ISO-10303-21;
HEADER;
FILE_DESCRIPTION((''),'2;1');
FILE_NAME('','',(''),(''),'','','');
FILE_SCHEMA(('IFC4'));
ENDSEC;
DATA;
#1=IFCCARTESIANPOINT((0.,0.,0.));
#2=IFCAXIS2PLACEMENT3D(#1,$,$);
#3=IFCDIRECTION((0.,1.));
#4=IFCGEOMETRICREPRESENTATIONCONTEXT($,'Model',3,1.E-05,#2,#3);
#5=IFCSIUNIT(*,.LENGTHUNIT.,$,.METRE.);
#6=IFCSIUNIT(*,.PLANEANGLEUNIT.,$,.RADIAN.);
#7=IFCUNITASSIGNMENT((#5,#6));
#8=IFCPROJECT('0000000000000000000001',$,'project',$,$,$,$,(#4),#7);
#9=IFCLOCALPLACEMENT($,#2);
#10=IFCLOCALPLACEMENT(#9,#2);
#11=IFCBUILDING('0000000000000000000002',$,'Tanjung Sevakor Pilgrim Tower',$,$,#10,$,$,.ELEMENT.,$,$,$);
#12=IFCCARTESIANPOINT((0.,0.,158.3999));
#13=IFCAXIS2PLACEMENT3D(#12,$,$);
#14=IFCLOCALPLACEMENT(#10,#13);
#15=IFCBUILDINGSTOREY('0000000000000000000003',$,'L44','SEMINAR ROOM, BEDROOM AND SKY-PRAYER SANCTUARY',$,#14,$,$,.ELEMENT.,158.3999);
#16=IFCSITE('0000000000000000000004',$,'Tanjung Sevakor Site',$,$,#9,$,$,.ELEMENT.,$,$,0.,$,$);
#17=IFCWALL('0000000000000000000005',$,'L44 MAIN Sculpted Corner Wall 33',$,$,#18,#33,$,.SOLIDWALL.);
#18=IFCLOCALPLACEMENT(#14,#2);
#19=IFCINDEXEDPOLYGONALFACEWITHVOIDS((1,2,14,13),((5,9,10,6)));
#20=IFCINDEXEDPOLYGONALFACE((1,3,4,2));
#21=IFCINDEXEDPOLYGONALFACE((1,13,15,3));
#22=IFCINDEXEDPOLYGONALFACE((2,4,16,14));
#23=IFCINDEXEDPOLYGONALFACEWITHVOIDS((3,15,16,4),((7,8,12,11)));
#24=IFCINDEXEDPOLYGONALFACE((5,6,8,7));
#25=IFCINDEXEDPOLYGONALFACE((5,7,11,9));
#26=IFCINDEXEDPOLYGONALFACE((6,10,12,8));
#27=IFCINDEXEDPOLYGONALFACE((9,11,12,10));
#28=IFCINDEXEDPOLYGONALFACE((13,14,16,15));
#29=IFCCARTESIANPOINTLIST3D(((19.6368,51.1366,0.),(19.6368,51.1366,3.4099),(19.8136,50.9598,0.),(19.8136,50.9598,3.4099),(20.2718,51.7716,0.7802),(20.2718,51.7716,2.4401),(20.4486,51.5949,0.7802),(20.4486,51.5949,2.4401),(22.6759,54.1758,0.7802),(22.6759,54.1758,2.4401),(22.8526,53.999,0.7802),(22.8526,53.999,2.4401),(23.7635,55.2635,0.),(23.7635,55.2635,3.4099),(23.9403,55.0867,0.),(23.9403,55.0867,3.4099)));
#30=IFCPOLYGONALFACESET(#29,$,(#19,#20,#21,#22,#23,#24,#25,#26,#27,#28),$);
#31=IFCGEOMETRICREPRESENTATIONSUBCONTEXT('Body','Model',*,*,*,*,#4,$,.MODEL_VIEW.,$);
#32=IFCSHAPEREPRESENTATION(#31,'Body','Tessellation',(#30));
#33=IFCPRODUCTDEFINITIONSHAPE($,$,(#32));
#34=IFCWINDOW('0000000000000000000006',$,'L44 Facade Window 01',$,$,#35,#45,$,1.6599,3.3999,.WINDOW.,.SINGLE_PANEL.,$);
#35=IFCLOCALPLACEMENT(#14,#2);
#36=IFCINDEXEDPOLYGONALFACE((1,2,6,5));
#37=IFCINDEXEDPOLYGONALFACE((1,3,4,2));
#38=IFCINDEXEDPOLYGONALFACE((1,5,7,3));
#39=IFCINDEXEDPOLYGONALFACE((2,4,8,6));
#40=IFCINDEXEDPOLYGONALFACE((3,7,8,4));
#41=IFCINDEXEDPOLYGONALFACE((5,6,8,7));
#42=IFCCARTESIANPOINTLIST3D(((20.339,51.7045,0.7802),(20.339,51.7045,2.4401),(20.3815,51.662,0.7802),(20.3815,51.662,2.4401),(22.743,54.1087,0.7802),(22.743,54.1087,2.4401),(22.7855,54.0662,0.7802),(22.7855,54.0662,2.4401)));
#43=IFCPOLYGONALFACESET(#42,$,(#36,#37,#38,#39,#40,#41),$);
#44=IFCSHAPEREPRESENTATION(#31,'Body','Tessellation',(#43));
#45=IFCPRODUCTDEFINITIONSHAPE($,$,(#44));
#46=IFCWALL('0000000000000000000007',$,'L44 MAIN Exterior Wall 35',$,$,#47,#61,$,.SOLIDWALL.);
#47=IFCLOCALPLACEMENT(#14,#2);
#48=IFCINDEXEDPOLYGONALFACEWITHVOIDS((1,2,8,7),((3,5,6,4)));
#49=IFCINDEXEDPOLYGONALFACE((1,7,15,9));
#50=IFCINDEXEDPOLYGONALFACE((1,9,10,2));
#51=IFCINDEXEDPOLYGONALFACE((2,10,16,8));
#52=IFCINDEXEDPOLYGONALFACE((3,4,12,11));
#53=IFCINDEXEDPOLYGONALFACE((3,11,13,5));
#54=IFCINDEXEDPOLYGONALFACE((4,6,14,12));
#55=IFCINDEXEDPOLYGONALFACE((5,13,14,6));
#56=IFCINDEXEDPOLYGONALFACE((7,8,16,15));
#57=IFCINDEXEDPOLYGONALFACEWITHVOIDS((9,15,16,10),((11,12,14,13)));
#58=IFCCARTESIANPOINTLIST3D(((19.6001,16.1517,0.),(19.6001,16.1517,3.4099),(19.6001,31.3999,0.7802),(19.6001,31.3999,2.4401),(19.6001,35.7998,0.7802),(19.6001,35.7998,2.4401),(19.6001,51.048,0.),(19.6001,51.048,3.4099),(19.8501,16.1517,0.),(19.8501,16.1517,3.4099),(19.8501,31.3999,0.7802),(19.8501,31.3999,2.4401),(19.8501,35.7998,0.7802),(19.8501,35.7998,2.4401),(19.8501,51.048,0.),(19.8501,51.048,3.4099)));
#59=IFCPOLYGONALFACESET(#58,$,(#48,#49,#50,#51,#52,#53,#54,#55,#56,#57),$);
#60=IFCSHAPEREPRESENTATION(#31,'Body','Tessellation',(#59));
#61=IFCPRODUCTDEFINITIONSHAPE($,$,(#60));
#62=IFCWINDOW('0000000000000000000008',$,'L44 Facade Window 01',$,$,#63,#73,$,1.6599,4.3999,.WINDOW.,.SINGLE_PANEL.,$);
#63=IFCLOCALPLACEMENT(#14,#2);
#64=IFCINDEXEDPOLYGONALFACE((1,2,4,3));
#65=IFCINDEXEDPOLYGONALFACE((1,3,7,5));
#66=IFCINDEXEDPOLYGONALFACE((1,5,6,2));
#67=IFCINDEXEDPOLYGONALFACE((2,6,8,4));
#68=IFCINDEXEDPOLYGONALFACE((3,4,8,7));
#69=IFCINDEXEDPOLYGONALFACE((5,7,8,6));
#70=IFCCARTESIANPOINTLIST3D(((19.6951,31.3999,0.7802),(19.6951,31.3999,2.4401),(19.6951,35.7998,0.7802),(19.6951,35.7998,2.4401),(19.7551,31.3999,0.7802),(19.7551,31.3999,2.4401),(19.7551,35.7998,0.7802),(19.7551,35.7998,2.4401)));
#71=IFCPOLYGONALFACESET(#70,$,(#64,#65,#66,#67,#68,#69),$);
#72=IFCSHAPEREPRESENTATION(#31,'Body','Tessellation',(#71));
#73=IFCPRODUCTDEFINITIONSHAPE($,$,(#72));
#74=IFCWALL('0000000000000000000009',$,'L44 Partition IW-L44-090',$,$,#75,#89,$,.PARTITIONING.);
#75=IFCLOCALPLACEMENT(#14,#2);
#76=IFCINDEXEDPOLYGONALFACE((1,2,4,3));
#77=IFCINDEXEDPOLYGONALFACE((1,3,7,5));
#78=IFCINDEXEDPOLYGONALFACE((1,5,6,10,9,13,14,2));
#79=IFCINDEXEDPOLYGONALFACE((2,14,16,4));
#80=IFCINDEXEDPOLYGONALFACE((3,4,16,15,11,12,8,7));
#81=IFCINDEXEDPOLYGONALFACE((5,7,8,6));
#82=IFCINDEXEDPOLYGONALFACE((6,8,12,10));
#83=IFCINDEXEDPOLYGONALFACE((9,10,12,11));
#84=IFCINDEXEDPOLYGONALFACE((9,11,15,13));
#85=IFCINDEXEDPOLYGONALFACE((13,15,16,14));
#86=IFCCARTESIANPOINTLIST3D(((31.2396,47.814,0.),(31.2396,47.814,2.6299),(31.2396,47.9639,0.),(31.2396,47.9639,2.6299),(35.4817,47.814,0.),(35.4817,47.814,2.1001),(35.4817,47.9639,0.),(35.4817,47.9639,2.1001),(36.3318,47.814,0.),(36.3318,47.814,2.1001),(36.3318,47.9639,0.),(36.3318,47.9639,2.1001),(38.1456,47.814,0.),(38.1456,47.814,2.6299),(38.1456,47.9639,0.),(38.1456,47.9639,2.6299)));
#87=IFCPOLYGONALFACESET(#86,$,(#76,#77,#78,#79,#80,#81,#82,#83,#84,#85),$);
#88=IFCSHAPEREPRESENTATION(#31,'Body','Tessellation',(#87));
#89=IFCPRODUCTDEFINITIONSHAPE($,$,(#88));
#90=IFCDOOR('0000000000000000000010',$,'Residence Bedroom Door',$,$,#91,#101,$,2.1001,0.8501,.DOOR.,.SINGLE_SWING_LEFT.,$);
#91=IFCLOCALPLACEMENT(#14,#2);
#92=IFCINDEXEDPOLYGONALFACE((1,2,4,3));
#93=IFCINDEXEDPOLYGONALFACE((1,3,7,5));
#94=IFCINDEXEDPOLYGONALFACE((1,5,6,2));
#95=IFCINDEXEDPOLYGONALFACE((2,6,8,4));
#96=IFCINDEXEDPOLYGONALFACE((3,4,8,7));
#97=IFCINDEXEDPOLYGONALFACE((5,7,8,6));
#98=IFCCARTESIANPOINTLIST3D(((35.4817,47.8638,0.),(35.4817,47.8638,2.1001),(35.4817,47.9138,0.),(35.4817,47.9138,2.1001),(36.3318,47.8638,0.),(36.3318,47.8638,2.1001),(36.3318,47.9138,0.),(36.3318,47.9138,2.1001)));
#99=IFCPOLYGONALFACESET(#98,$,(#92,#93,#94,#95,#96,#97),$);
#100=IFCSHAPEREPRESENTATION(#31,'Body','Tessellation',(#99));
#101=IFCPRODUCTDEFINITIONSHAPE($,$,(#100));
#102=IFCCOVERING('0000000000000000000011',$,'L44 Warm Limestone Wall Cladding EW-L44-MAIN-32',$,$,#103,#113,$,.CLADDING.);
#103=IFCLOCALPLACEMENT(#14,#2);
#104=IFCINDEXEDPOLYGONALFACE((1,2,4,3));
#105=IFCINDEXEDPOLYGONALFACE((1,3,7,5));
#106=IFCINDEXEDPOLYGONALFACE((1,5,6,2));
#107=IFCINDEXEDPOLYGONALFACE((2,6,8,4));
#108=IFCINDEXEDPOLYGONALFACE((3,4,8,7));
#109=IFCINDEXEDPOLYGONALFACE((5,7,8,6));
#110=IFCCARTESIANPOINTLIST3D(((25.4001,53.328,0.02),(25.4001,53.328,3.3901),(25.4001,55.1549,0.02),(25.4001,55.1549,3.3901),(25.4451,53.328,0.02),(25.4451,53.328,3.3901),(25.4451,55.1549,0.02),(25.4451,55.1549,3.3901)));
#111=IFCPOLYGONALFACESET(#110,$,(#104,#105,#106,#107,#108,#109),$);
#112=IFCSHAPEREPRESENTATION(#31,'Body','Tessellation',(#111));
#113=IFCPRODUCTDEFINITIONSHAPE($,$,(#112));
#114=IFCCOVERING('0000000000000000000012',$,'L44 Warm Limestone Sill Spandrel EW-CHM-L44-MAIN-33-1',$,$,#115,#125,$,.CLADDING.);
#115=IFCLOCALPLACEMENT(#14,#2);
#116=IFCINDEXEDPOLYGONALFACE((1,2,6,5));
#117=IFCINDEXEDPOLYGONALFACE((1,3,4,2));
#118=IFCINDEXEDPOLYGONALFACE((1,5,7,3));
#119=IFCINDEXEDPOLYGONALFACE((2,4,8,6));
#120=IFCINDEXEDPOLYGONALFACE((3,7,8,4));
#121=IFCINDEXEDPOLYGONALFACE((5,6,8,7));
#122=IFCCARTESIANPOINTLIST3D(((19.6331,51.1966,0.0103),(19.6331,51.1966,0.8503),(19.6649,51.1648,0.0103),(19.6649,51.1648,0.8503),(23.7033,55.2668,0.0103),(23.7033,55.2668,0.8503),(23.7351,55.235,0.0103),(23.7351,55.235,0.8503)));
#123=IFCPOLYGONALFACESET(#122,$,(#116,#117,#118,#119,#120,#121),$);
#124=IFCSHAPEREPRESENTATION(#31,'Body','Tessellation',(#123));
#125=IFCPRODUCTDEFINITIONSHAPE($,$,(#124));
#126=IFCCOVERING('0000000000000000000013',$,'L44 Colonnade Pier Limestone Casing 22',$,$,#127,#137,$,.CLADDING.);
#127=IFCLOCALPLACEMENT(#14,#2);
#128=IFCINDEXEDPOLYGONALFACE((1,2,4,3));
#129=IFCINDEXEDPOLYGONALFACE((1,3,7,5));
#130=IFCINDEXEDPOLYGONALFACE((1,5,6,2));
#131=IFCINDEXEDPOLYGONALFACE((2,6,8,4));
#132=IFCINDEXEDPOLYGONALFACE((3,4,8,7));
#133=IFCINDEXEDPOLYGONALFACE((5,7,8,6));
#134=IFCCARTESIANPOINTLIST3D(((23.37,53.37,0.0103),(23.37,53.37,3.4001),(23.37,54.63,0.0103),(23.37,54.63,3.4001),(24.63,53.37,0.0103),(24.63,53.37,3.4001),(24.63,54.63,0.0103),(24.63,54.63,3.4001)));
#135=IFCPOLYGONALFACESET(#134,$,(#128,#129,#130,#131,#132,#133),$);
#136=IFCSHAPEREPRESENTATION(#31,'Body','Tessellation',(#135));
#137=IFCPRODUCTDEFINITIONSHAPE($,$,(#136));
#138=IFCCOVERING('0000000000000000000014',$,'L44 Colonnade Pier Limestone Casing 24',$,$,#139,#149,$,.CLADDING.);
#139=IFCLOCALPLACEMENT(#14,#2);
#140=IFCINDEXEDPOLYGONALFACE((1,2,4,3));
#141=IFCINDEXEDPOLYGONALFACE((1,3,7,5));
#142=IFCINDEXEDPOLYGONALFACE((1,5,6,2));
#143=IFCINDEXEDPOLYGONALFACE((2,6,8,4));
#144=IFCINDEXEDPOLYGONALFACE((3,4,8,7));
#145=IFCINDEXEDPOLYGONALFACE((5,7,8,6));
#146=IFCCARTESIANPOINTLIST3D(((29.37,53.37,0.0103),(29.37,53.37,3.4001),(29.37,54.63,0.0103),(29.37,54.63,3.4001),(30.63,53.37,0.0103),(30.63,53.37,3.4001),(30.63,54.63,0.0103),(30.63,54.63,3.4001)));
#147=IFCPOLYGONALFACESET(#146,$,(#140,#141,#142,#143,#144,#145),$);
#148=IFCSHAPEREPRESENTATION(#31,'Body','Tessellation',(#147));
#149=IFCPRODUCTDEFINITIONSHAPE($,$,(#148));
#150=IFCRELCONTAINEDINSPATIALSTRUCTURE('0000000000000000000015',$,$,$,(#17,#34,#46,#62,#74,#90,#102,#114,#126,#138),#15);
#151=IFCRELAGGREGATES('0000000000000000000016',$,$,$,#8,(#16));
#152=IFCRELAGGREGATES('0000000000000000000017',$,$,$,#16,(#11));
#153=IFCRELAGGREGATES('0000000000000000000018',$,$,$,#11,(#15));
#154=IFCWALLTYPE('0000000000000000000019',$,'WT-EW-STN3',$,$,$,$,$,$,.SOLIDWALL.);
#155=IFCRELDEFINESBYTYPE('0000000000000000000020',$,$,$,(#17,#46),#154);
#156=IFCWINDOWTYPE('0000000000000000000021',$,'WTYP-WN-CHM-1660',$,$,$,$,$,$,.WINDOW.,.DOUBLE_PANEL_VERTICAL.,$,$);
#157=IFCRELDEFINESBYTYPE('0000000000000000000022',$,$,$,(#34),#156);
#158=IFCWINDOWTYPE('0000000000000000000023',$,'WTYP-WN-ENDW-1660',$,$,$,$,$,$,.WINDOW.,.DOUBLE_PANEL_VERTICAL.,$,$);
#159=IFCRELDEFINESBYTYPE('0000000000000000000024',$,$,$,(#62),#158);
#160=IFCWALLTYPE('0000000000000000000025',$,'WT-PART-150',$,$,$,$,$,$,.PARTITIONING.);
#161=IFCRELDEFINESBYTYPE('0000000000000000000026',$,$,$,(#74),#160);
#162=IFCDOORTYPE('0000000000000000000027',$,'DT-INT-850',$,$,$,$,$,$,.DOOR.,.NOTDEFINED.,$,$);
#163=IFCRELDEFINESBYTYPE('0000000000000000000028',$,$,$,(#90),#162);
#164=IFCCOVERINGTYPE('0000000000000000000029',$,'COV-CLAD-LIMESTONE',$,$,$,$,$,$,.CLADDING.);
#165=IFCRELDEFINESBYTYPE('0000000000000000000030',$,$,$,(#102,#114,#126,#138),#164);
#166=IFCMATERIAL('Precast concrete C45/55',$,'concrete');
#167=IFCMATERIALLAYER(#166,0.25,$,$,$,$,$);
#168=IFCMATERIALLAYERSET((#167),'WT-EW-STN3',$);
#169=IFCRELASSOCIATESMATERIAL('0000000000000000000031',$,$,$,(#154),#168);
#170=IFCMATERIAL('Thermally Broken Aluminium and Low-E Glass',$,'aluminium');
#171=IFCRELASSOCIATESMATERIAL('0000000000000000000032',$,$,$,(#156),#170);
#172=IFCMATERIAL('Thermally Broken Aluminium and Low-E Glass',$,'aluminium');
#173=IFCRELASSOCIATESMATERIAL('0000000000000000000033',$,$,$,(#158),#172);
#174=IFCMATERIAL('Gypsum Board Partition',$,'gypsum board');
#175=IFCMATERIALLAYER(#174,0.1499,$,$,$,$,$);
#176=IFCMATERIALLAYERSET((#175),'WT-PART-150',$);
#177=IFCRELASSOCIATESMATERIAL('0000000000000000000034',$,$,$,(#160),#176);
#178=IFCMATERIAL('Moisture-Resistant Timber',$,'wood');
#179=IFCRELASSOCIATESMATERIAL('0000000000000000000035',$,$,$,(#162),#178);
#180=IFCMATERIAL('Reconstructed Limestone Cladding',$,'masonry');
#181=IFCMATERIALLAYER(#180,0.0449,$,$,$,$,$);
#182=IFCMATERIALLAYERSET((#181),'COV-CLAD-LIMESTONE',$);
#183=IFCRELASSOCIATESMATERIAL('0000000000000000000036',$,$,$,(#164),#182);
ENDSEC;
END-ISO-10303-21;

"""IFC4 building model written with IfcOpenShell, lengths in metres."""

from ifc_helpers import new_model, si_unit, direction, frame, frame_2d, origin, origin_2d, place, context, subcontext, project, spatial, rectangle, extrude, material, layer, layer_set, type_object, element, fill, save


model = new_model("IFC4")

# Units and contexts
model_context = context("Model", 3, precision=1e-05, world=origin(), true_north=direction((0.0, 1.0)))
body_context = subcontext(model_context, "Body", "Model", "MODEL_VIEW")
ifc_project = project(units=[si_unit("LENGTHUNIT", "METRE"), si_unit("PLANEANGLEUNIT", "RADIAN")], contexts=[model_context])

# Site, building, storey
site_placement = place(None, origin())
site = spatial("IfcSite", under=ifc_project, at=site_placement, Name="Tanjung Sevakor Site", CompositionType="ELEMENT", RefElevation=0.0)
building_placement = place(site_placement, origin())
building = spatial("IfcBuilding", under=site, at=building_placement, Name="Tanjung Sevakor Pilgrim Tower", CompositionType="ELEMENT")
storey_placement = place(building_placement, frame((0.0, 0.0, 158.3999)))
storey = spatial("IfcBuildingStorey", under=building, at=storey_placement, Name="L44", Description="SEMINAR ROOM, BEDROOM AND SKY-PRAYER SANCTUARY", CompositionType="ELEMENT", Elevation=158.3999)

# Shared definitions
ifc_material_1 = material(Name="Precast concrete C45/55", Category="concrete")
ifc_layer_1 = layer(ifc_material_1, 0.25)
ifc_layer_set_1 = layer_set([ifc_layer_1], Name="WT-EW-STN3")
wall_type_1 = type_object("IfcWallType", Name="WT-EW-STN3", PredefinedType="SOLIDWALL", material=ifc_layer_set_1)

# Walls, openings, windows
wall_1_placement = place(storey_placement, frame((23.8518, 55.175, 0.0), z_axis=(0.0, 0.0, 1.0), x_axis=(-0.707086, -0.707128, 0.0)))
wall_1 = element("IfcWall", 1, at=wall_1_placement, inside=storey, type_object=wall_type_1, Name="L44 MAIN Sculpted Corner Wall 33", PredefinedType="SOLIDWALL", context=body_context, shape_type="SweptSolid", body=[
    extrude(rectangle(XDim=5.8362, YDim=0.25, at=frame_2d((2.918, 0.0))), origin(), (0.0, 0.0, 1.0), 3.4099),
])
opening_1_placement = place(wall_1_placement, frame((1.5381, 0.0, 0.78)))
opening_1 = element("IfcOpeningElement", 2, at=opening_1_placement, cuts=wall_1, PredefinedType="OPENING", context=body_context, shape_type="SweptSolid", body=[
    extrude(rectangle(XDim=3.3999, YDim=1.6599, at=frame_2d((1.7, 0.8301))), frame((0.0, 0.135, 0.0), z_axis=(0.0, -1.0, 0.0), x_axis=(1.0, 0.0, 0.0)), (0.0, 0.0, 1.0), 0.27),
])
ifc_material_2 = material(Name="Thermally Broken Aluminium and Low-E Glass", Category="aluminium")
window_type_1 = type_object("IfcWindowType", Name="WTYP-WN-CHM-1660", PartitioningType="DOUBLE_PANEL_VERTICAL", PredefinedType="WINDOW", material=ifc_material_2)
window_1_placement = place(opening_1_placement, origin())
window_1 = element("IfcWindow", 3, at=window_1_placement, inside=storey, type_object=window_type_1, Name="L44 Facade Window 01", OverallHeight=1.6599, OverallWidth=3.3999, PartitioningType="SINGLE_PANEL", PredefinedType="WINDOW", context=body_context, shape_type="SweptSolid", body=[
    extrude(rectangle(XDim=3.3999, YDim=1.6599, at=frame_2d((1.7, 0.8301))), frame((0.0, 0.03, 0.0), z_axis=(0.0, -1.0, 0.0), x_axis=(1.0, 0.0, 0.0)), (0.0, 0.0, 1.0), 0.0601),
])
fill(opening_1, window_1)
wall_2_placement = place(storey_placement, frame((19.7251, 51.0481, 0.0), z_axis=(0.0, 0.0, 1.0), x_axis=(0.0, -1.0, 0.0)))
wall_2 = element("IfcWall", 4, at=wall_2_placement, inside=storey, type_object=wall_type_1, Name="L44 MAIN Exterior Wall 35", PredefinedType="SOLIDWALL", context=body_context, shape_type="SweptSolid", body=[
    extrude(rectangle(XDim=34.8962, YDim=0.25, at=frame_2d((17.4482, 0.0))), origin(), (0.0, 0.0, 1.0), 3.4099),
])
opening_2_placement = place(wall_2_placement, frame((15.2483, 0.0, 0.78)))
opening_2 = element("IfcOpeningElement", 5, at=opening_2_placement, cuts=wall_2, PredefinedType="OPENING", context=body_context, shape_type="SweptSolid", body=[
    extrude(rectangle(XDim=4.3999, YDim=1.6599, at=frame_2d((2.2, 0.8301))), frame((0.0, 0.135, 0.0), z_axis=(0.0, -1.0, 0.0), x_axis=(1.0, 0.0, 0.0)), (0.0, 0.0, 1.0), 0.27),
])
ifc_material_3 = material(Name="Thermally Broken Aluminium and Low-E Glass", Category="aluminium")
window_type_2 = type_object("IfcWindowType", Name="WTYP-WN-ENDW-1660", PartitioningType="DOUBLE_PANEL_VERTICAL", PredefinedType="WINDOW", material=ifc_material_3)
window_2_placement = place(opening_2_placement, origin())
window_2 = element("IfcWindow", 6, at=window_2_placement, inside=storey, type_object=window_type_2, Name="L44 Facade Window 01", OverallHeight=1.6599, OverallWidth=4.3999, PartitioningType="SINGLE_PANEL", PredefinedType="WINDOW", context=body_context, shape_type="SweptSolid", body=[
    extrude(rectangle(XDim=4.3999, YDim=1.6599, at=frame_2d((2.2, 0.8301))), frame((0.0, 0.03, 0.0), z_axis=(0.0, -1.0, 0.0), x_axis=(1.0, 0.0, 0.0)), (0.0, 0.0, 1.0), 0.0601),
])
fill(opening_2, window_2)

# Wall, opening, door
ifc_material_4 = material(Name="Gypsum Board Partition", Category="gypsum board")
ifc_layer_2 = layer(ifc_material_4, 0.1499)
ifc_layer_set_2 = layer_set([ifc_layer_2], Name="WT-PART-150")
wall_type_2 = type_object("IfcWallType", Name="WT-PART-150", PredefinedType="PARTITIONING", material=ifc_layer_set_2)
wall_3_placement = place(storey_placement, frame((31.2395, 47.8889, 0.0), z_axis=(0.0, 0.0, 1.0), x_axis=(1.0, 0.0, 0.0)))
wall_3 = element("IfcWall", 7, at=wall_3_placement, inside=storey, type_object=wall_type_2, Name="L44 Partition IW-L44-090", PredefinedType="PARTITIONING", context=body_context, shape_type="SweptSolid", body=[
    extrude(rectangle(XDim=6.906, YDim=0.1499, at=frame_2d((3.4531, 0.0))), origin(), (0.0, 0.0, 1.0), 2.6299),
])
opening_3_placement = place(wall_3_placement, frame((4.2422, 0.0, 0.0)))
opening_3 = element("IfcOpeningElement", 8, at=opening_3_placement, cuts=wall_3, PredefinedType="OPENING", context=body_context, shape_type="SweptSolid", body=[
    extrude(rectangle(XDim=0.8501, YDim=2.1001, at=frame_2d((0.425, 1.05))), frame((0.0, 0.085, 0.0), z_axis=(0.0, -1.0, 0.0), x_axis=(1.0, 0.0, 0.0)), (0.0, 0.0, 1.0), 0.1699),
])
ifc_material_5 = material(Name="Moisture-Resistant Timber", Category="wood")
door_type = type_object("IfcDoorType", Name="DT-INT-850", OperationType="NOTDEFINED", PredefinedType="DOOR", material=ifc_material_5)
door_placement = place(opening_3_placement, origin())
door = element("IfcDoor", 9, at=door_placement, inside=storey, type_object=door_type, Name="Residence Bedroom Door", OperationType="SINGLE_SWING_LEFT", OverallHeight=2.1001, OverallWidth=0.8501, PredefinedType="DOOR", context=body_context, shape_type="SweptSolid", body=[
    extrude(rectangle(XDim=0.8501, YDim=2.1001, at=frame_2d((0.425, 1.05))), frame((0.0, 0.0249, 0.0), z_axis=(0.0, -1.0, 0.0), x_axis=(1.0, 0.0, 0.0)), (0.0, 0.0, 1.0), 0.05),
])
fill(opening_3, door)

# Coverings
ifc_material_6 = material(Name="Reconstructed Limestone Cladding", Category="masonry")
ifc_layer_3 = layer(ifc_material_6, 0.0449)
ifc_layer_set_3 = layer_set([ifc_layer_3], Name="COV-CLAD-LIMESTONE")
covering_type = type_object("IfcCoveringType", Name="COV-CLAD-LIMESTONE", PredefinedType="CLADDING", material=ifc_layer_set_3)
covering_1_placement = place(storey_placement, frame((25.4226, 54.2415, 0.02), z_axis=(0.0, 0.0, 1.0), x_axis=(0.0, 1.0, 0.0)))
element("IfcCovering", 10, at=covering_1_placement, inside=storey, type_object=covering_type, Name="L44 Warm Limestone Wall Cladding EW-L44-MAIN-32", PredefinedType="CLADDING", context=body_context, shape_type="SweptSolid", body=[
    extrude(rectangle(XDim=1.8269, YDim=0.0449, at=origin_2d()), origin(), (0.0, 0.0, 1.0), 3.3701),
])
covering_2_placement = place(storey_placement, frame((21.6841, 53.2158, 0.0103), z_axis=(0.0, 0.0, 1.0), x_axis=(-0.707107, -0.707107, 0.0)))
element("IfcCovering", 11, at=covering_2_placement, inside=storey, type_object=covering_type, Name="L44 Warm Limestone Sill Spandrel EW-CHM-L44-MAIN-33-1", PredefinedType="CLADDING", context=body_context, shape_type="SweptSolid", body=[
    extrude(rectangle(XDim=5.7561, YDim=0.0449, at=origin_2d()), origin(), (0.0, 0.0, 1.0), 0.8401),
])
for number, where, z_axis, x_axis, name in (
    (12, (24.0, 54.0, 0.0103), (0.0, 0.0, 1.0), (1.0, 0.0, 0.0), "L44 Colonnade Pier Limestone Casing 22"),
    (13, (30.0, 54.0, 0.0103), (0.0, 0.0, 1.0), (1.0, 0.0, 0.0), "L44 Colonnade Pier Limestone Casing 24"),
):
    element("IfcCovering", number, at=place(storey_placement, frame(where, z_axis=z_axis, x_axis=x_axis)), inside=storey, type_object=covering_type, Name=name, PredefinedType="CLADDING", context=body_context, shape_type="SweptSolid", body=[
        extrude(rectangle(XDim=1.26, YDim=1.26, at=origin_2d()), origin(), (0.0, 0.0, 1.0), 3.3899),
    ])

save(model, "model.ifc")
